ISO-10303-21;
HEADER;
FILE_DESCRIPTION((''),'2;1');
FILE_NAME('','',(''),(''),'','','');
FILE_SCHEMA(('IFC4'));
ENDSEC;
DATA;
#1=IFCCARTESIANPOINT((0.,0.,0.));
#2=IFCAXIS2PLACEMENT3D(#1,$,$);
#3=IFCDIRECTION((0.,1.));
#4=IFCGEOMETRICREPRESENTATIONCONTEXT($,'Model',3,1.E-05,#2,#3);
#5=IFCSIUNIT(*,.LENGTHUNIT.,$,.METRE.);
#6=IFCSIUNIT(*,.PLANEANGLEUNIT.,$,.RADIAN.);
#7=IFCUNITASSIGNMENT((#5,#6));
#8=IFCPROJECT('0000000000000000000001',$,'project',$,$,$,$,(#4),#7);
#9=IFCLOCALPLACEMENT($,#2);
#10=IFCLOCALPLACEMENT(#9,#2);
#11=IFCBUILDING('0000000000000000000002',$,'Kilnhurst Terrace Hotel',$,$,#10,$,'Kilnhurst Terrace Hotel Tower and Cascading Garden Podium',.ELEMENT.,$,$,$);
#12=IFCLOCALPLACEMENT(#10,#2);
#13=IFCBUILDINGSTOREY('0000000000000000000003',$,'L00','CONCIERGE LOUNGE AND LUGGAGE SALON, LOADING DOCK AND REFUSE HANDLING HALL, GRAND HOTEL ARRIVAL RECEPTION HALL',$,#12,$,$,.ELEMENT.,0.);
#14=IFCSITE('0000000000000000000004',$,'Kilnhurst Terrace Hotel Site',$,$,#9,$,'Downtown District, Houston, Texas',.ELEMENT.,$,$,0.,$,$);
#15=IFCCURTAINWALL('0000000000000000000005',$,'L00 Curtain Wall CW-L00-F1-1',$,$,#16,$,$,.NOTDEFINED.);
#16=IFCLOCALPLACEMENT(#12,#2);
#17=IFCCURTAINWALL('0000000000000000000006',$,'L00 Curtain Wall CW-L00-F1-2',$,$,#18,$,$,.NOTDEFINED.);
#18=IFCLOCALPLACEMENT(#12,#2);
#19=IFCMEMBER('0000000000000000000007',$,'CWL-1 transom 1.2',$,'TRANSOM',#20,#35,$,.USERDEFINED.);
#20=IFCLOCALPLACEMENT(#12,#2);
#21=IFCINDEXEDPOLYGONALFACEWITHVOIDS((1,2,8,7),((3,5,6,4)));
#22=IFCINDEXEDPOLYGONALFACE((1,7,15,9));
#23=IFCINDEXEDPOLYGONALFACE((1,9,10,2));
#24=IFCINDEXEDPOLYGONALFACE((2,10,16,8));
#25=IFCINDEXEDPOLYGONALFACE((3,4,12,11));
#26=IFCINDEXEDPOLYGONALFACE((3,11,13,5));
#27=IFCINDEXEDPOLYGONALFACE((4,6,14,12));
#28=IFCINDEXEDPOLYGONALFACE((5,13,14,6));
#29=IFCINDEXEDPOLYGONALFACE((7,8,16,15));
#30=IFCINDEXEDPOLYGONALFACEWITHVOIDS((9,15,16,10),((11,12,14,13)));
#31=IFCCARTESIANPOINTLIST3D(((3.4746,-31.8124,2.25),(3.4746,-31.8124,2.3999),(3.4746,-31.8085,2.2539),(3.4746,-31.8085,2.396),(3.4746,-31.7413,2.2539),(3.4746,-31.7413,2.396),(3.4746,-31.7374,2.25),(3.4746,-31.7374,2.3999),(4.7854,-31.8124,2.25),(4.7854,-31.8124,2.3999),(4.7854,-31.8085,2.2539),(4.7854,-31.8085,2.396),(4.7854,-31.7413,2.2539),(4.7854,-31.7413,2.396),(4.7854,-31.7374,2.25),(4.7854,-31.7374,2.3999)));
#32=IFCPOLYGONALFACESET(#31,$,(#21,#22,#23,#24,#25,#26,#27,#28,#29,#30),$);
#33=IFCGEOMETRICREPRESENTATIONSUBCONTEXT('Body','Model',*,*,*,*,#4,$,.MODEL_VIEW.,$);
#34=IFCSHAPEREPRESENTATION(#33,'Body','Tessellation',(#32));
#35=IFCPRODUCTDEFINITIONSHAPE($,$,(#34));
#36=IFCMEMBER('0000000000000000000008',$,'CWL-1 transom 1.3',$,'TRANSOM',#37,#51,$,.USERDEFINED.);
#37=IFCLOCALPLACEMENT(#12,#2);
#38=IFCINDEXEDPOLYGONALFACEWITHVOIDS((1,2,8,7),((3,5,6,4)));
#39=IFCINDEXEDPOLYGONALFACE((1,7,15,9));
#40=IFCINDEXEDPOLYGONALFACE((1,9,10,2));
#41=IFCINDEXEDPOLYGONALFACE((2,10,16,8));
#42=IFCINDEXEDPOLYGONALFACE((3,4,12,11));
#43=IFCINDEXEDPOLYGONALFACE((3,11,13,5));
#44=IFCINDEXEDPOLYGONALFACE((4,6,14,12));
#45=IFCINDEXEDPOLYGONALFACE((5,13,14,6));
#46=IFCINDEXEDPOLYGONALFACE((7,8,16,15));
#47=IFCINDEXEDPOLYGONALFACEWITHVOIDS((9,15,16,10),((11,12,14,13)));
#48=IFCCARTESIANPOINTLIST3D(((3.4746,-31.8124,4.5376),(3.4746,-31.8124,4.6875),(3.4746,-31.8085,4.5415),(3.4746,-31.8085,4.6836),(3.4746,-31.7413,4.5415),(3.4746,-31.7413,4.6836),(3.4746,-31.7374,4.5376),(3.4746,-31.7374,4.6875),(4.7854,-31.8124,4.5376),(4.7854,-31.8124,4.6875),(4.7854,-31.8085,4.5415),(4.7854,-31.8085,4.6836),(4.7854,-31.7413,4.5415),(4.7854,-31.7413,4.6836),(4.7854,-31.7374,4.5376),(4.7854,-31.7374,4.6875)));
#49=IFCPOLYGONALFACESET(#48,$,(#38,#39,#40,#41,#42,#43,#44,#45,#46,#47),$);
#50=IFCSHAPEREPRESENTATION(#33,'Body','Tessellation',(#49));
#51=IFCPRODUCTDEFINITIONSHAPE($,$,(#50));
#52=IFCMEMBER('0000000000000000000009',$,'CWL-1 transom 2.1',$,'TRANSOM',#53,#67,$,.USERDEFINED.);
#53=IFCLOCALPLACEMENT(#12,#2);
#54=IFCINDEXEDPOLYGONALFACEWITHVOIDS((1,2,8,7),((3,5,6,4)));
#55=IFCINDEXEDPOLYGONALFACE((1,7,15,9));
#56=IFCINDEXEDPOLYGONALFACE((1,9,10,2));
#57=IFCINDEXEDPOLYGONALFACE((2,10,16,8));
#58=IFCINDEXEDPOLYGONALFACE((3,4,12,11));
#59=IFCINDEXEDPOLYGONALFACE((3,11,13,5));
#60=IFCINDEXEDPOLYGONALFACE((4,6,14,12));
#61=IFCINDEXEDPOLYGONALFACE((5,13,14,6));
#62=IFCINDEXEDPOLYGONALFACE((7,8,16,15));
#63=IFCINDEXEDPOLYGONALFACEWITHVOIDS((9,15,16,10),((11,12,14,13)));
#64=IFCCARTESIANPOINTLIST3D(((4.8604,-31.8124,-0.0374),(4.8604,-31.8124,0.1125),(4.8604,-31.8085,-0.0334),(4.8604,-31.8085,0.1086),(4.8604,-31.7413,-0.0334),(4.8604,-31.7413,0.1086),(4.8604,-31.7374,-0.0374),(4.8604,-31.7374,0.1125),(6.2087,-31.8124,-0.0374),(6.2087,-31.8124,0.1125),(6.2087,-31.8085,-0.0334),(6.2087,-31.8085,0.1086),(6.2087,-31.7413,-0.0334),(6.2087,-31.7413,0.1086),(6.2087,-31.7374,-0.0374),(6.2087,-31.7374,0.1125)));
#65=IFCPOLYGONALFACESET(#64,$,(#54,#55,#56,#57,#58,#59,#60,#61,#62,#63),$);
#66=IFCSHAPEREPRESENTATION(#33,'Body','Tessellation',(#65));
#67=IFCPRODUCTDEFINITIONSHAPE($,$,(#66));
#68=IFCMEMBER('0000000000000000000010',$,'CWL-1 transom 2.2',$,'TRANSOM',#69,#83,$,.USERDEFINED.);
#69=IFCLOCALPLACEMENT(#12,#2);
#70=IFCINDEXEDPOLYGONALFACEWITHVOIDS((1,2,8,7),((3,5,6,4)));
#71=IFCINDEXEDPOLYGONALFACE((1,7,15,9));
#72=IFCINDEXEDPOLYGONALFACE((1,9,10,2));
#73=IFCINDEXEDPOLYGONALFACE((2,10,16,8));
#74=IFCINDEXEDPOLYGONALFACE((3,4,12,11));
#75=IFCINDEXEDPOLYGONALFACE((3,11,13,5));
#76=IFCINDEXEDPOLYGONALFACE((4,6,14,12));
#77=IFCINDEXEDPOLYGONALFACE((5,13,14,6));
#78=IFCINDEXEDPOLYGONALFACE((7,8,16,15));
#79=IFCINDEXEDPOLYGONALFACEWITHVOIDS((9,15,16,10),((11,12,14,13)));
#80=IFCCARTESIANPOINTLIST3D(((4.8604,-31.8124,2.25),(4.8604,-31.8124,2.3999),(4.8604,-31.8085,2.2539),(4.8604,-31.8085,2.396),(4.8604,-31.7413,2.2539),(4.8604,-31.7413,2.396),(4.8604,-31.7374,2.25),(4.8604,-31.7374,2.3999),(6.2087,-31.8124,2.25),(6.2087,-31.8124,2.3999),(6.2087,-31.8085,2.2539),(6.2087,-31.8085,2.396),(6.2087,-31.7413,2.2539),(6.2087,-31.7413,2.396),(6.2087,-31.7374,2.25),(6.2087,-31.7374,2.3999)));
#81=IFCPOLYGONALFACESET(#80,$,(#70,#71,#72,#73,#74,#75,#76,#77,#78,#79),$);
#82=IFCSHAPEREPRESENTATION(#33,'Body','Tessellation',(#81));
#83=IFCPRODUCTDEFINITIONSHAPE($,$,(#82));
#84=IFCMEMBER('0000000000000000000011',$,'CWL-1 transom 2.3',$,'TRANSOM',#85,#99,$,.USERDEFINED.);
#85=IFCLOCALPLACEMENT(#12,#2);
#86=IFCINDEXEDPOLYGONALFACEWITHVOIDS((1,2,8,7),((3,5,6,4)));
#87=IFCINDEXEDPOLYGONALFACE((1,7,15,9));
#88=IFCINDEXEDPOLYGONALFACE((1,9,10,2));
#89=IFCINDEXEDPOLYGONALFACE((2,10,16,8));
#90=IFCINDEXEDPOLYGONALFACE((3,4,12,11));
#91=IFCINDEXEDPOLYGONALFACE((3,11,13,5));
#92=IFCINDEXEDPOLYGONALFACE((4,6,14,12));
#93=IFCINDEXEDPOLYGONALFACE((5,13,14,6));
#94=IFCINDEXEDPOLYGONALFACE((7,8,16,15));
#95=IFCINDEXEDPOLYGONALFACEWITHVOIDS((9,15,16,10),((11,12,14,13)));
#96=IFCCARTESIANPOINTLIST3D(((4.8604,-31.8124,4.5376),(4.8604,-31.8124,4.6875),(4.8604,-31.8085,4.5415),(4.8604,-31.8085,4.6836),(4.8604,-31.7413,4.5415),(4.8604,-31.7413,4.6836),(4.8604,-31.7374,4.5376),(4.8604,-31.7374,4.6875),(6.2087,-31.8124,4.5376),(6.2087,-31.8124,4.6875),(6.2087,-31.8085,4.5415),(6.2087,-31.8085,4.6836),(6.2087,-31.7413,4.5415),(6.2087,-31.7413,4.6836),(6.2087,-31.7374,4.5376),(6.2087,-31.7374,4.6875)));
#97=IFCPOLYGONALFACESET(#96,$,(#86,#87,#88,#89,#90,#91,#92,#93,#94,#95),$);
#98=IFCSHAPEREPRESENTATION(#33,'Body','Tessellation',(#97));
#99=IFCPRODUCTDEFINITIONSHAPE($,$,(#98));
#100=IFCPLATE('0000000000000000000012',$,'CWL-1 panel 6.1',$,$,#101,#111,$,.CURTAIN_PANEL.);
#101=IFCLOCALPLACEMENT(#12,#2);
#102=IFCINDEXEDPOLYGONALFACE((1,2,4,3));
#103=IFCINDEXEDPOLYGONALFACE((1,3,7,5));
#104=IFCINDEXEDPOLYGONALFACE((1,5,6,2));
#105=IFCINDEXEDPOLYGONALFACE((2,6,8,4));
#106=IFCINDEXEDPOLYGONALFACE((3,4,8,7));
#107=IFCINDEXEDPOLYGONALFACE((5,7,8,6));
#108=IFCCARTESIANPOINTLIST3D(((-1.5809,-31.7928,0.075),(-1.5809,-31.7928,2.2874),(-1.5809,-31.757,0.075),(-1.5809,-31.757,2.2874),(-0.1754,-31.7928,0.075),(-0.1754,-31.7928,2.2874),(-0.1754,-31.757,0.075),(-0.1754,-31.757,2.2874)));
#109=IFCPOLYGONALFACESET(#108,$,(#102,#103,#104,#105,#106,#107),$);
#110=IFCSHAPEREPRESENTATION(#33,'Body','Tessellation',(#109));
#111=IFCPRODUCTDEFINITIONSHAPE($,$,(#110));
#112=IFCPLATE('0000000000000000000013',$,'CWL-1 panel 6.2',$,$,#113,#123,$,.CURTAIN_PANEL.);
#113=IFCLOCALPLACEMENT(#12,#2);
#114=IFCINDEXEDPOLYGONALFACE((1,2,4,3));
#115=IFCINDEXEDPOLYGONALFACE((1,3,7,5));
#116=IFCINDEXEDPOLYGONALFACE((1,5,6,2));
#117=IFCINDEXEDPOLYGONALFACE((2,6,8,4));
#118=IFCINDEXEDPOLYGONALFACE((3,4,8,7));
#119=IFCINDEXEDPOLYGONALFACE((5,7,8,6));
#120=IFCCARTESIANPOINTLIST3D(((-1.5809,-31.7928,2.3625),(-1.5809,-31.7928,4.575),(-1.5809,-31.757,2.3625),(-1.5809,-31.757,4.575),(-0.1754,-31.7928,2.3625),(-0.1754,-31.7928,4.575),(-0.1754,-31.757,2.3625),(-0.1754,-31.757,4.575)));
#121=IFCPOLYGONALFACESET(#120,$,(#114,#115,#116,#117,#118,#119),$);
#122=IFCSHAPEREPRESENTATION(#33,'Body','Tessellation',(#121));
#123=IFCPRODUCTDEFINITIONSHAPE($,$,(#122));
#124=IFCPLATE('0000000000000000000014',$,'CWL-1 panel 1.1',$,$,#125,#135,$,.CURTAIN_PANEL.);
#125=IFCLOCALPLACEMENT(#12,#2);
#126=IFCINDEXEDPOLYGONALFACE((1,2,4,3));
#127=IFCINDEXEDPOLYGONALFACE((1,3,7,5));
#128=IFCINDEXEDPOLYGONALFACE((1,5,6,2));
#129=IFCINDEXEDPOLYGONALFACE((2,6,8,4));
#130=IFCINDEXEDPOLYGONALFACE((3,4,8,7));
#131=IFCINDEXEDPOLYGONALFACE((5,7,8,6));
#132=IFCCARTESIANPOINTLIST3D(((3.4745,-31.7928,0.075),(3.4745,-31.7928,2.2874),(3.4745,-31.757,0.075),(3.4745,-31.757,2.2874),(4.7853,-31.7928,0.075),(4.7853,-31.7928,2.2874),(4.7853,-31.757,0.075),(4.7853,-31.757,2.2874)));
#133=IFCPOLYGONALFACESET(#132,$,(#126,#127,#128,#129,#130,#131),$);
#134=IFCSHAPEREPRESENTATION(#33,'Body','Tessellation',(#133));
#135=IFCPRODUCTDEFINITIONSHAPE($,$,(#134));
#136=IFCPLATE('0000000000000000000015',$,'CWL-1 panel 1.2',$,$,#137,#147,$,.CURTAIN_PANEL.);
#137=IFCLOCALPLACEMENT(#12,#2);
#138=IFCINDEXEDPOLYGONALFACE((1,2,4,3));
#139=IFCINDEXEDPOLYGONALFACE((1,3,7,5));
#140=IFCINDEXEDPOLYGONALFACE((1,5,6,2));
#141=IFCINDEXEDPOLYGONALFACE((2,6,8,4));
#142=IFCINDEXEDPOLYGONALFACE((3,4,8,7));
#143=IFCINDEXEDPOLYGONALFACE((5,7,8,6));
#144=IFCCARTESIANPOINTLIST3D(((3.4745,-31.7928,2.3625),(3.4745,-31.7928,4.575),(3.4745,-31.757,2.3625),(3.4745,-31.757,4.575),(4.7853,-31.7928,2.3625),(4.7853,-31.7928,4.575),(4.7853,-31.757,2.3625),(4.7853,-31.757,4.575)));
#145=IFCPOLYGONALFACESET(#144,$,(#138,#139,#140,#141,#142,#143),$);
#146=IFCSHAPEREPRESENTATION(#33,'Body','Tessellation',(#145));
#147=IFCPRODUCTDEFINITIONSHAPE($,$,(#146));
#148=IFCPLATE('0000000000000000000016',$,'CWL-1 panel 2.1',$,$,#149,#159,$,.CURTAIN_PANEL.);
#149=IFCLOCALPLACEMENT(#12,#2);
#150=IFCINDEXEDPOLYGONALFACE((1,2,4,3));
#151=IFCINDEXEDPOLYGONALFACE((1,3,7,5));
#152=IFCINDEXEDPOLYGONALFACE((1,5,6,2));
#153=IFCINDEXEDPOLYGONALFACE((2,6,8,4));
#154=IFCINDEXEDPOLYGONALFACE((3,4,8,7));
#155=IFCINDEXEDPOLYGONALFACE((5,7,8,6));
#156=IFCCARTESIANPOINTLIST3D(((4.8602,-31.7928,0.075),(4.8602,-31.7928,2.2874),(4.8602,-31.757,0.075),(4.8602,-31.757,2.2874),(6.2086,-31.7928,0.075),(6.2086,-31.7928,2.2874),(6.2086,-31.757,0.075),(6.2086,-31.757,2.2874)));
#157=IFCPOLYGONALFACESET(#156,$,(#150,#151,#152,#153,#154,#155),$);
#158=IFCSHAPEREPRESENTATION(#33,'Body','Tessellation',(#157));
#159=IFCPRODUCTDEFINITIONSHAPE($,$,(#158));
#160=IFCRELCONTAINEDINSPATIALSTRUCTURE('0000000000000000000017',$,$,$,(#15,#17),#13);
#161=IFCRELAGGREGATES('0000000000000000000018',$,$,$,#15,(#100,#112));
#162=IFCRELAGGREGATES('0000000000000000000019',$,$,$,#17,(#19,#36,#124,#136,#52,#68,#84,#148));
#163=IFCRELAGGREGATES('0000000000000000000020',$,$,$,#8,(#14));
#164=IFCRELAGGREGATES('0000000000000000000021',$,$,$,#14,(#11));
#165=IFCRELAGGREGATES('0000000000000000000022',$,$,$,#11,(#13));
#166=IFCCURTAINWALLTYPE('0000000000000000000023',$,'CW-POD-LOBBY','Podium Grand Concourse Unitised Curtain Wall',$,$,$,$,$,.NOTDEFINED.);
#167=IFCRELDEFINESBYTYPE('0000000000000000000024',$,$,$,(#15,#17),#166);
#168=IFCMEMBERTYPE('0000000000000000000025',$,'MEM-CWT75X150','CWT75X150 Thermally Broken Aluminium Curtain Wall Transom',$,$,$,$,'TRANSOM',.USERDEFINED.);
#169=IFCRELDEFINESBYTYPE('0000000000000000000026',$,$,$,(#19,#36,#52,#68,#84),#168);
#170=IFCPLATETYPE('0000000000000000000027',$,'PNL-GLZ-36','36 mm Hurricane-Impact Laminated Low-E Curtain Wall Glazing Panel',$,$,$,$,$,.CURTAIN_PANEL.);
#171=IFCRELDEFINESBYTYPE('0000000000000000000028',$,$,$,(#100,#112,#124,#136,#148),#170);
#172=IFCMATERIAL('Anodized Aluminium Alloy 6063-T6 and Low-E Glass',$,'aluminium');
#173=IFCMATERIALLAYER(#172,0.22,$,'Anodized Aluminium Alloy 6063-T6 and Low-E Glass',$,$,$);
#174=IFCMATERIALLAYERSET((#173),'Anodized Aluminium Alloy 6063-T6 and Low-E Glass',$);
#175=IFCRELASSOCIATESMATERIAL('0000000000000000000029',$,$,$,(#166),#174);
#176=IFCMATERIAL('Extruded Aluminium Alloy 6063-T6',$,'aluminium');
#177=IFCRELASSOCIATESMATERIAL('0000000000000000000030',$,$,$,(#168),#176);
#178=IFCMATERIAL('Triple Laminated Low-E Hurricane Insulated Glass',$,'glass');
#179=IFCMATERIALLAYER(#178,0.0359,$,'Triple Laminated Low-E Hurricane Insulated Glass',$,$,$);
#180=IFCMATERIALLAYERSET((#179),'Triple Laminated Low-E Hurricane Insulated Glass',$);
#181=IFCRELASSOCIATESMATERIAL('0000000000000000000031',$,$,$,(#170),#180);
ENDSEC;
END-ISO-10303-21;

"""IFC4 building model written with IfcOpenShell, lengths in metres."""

from ifc_helpers import new_model, si_unit, direction, frame, origin, origin_2d, place, context, subcontext, project, spatial, rectangle, hollow_rectangle, extrude, material, layer, layer_set, material_profile, profile_set, type_object, element, aggregate, save


model = new_model("IFC4")

# Units and contexts
model_context = context("Model", 3, precision=1e-05, world=origin(), true_north=direction((0.0, 1.0)))
body_context = subcontext(model_context, "Body", "Model", "MODEL_VIEW")
ifc_project = project(units=[si_unit("LENGTHUNIT", "METRE"), si_unit("PLANEANGLEUNIT", "RADIAN")], contexts=[model_context])

# Site, building, storey
site_placement = place(None, origin())
site = spatial("IfcSite", under=ifc_project, at=site_placement, Name="Kilnhurst Terrace Hotel Site", LongName="Downtown District, Houston, Texas", CompositionType="ELEMENT", RefElevation=0.0)
building_placement = place(site_placement, origin())
building = spatial("IfcBuilding", under=site, at=building_placement, Name="Kilnhurst Terrace Hotel", LongName="Kilnhurst Terrace Hotel Tower and Cascading Garden Podium", CompositionType="ELEMENT")
storey_placement = place(building_placement, origin())
storey = spatial("IfcBuildingStorey", under=building, at=storey_placement, Name="L00", Description="CONCIERGE LOUNGE AND LUGGAGE SALON, LOADING DOCK AND REFUSE HANDLING HALL, GRAND HOTEL ARRIVAL RECEPTION HALL", CompositionType="ELEMENT", Elevation=0.0)

# Curtain wall
ifc_material_1 = material(Name="Anodized Aluminium Alloy 6063-T6 and Low-E Glass", Category="aluminium")
ifc_layer_1 = layer(ifc_material_1, 0.22, Name="Anodized Aluminium Alloy 6063-T6 and Low-E Glass")
ifc_layer_set_1 = layer_set([ifc_layer_1], Name="Anodized Aluminium Alloy 6063-T6 and Low-E Glass")
curtain_wall_type = type_object("IfcCurtainWallType", Name="CW-POD-LOBBY", Description="Podium Grand Concourse Unitised Curtain Wall", PredefinedType="NOTDEFINED", material=ifc_layer_set_1)
curtain_wall_1_placement = place(storey_placement, origin())
curtain_wall_1 = element("IfcCurtainWall", 1, at=curtain_wall_1_placement, inside=storey, type_object=curtain_wall_type, Name="L00 Curtain Wall CW-L00-F1-1", PredefinedType="NOTDEFINED")
ifc_material_2 = material(Name="Extruded Aluminium Alloy 6063-T6", Category="aluminium")

# Curtain wall
curtain_wall_2_placement = place(storey_placement, origin())
curtain_wall_2 = element("IfcCurtainWall", 2, at=curtain_wall_2_placement, inside=storey, type_object=curtain_wall_type, Name="L00 Curtain Wall CW-L00-F1-2", PredefinedType="NOTDEFINED")

# Members
ifc_material_profile_1 = material_profile(ifc_material_2, hollow_rectangle(XDim=0.075, YDim=0.1499, WallThickness=0.0039, at=origin_2d()), Name="CWT75X150")
ifc_profile_set_1 = profile_set([ifc_material_profile_1], Name="Extruded Aluminium Alloy 6063-T6")
member_type_1 = type_object("IfcMemberType", Name="MEM-CWT75X150", Description="CWT75X150 Thermally Broken Aluminium Curtain Wall Transom", ElementType="TRANSOM", PredefinedType="USERDEFINED", material=ifc_profile_set_1)
member_1_placement = place(storey_placement, frame((3.4746, -31.7749, 2.325), z_axis=(1.0, 0.0, 0.0), x_axis=(0.0, 1.0, 0.0)))
member_1 = element("IfcMember", 3, at=member_1_placement, type_object=member_type_1, Name="CWL-1 transom 1.2", ObjectType="TRANSOM", PredefinedType="USERDEFINED", context=body_context, shape_type="SweptSolid", body=[
    extrude(hollow_rectangle(XDim=0.075, YDim=0.1499, WallThickness=0.0039, at=origin_2d()), origin(), (0.0, 0.0, 1.0), 1.3108),
])
member_2_placement = place(storey_placement, frame((3.4746, -31.7749, 4.6125), z_axis=(1.0, 0.0, 0.0), x_axis=(0.0, 1.0, 0.0)))
member_2 = element("IfcMember", 4, at=member_2_placement, type_object=member_type_1, Name="CWL-1 transom 1.3", ObjectType="TRANSOM", PredefinedType="USERDEFINED", context=body_context, shape_type="SweptSolid", body=[
    extrude(hollow_rectangle(XDim=0.075, YDim=0.1499, WallThickness=0.0039, at=origin_2d()), origin(), (0.0, 0.0, 1.0), 1.3108),
])
member_3_placement = place(storey_placement, frame((4.8604, -31.7749, 0.0376), z_axis=(1.0, 0.0, 0.0), x_axis=(0.0, 1.0, 0.0)))
member_3 = element("IfcMember", 5, at=member_3_placement, type_object=member_type_1, Name="CWL-1 transom 2.1", ObjectType="TRANSOM", PredefinedType="USERDEFINED", context=body_context, shape_type="SweptSolid", body=[
    extrude(hollow_rectangle(XDim=0.075, YDim=0.1499, WallThickness=0.0039, at=origin_2d()), origin(), (0.0, 0.0, 1.0), 1.3484),
])
member_4_placement = place(storey_placement, frame((4.8604, -31.7749, 2.325), z_axis=(1.0, 0.0, 0.0), x_axis=(0.0, 1.0, 0.0)))
member_4 = element("IfcMember", 6, at=member_4_placement, type_object=member_type_1, Name="CWL-1 transom 2.2", ObjectType="TRANSOM", PredefinedType="USERDEFINED", context=body_context, shape_type="SweptSolid", body=[
    extrude(hollow_rectangle(XDim=0.075, YDim=0.1499, WallThickness=0.0039, at=origin_2d()), origin(), (0.0, 0.0, 1.0), 1.3484),
])
member_5_placement = place(storey_placement, frame((4.8604, -31.7749, 4.6125), z_axis=(1.0, 0.0, 0.0), x_axis=(0.0, 1.0, 0.0)))
member_5 = element("IfcMember", 7, at=member_5_placement, type_object=member_type_1, Name="CWL-1 transom 2.3", ObjectType="TRANSOM", PredefinedType="USERDEFINED", context=body_context, shape_type="SweptSolid", body=[
    extrude(hollow_rectangle(XDim=0.075, YDim=0.1499, WallThickness=0.0039, at=origin_2d()), origin(), (0.0, 0.0, 1.0), 1.3484),
])

# Plates
ifc_material_3 = material(Name="Triple Laminated Low-E Hurricane Insulated Glass", Category="glass")
ifc_layer_2 = layer(ifc_material_3, 0.0359, Name="Triple Laminated Low-E Hurricane Insulated Glass")
ifc_layer_set_2 = layer_set([ifc_layer_2], Name="Triple Laminated Low-E Hurricane Insulated Glass")
plate_type = type_object("IfcPlateType", Name="PNL-GLZ-36", Description="36 mm Hurricane-Impact Laminated Low-E Curtain Wall Glazing Panel", PredefinedType="CURTAIN_PANEL", material=ifc_layer_set_2)
plate_1_placement = place(storey_placement, frame((-0.8782, -31.7749, 0.075), z_axis=(0.0, 0.0, 1.0), x_axis=(1.0, 0.0, 0.0)))
plate_1 = element("IfcPlate", 8, at=plate_1_placement, type_object=plate_type, Name="CWL-1 panel 6.1", PredefinedType="CURTAIN_PANEL", context=body_context, shape_type="SweptSolid", body=[
    extrude(rectangle(XDim=1.4055, YDim=0.0359, at=origin_2d()), origin(), (0.0, 0.0, 1.0), 2.2124),
])
plate_2_placement = place(storey_placement, frame((-0.8782, -31.7749, 2.3625), z_axis=(0.0, 0.0, 1.0), x_axis=(1.0, 0.0, 0.0)))
plate_2 = element("IfcPlate", 9, at=plate_2_placement, type_object=plate_type, Name="CWL-1 panel 6.2", PredefinedType="CURTAIN_PANEL", context=body_context, shape_type="SweptSolid", body=[
    extrude(rectangle(XDim=1.4055, YDim=0.0359, at=origin_2d()), origin(), (0.0, 0.0, 1.0), 2.2124),
])
aggregate(curtain_wall_1, [plate_1, plate_2])
plate_3_placement = place(storey_placement, frame((4.1299, -31.7749, 0.075), z_axis=(0.0, 0.0, 1.0), x_axis=(1.0, 0.0, 0.0)))
plate_3 = element("IfcPlate", 10, at=plate_3_placement, type_object=plate_type, Name="CWL-1 panel 1.1", PredefinedType="CURTAIN_PANEL", context=body_context, shape_type="SweptSolid", body=[
    extrude(rectangle(XDim=1.3108, YDim=0.0359, at=origin_2d()), origin(), (0.0, 0.0, 1.0), 2.2124),
])
plate_4_placement = place(storey_placement, frame((4.1299, -31.7749, 2.3625), z_axis=(0.0, 0.0, 1.0), x_axis=(1.0, 0.0, 0.0)))
plate_4 = element("IfcPlate", 11, at=plate_4_placement, type_object=plate_type, Name="CWL-1 panel 1.2", PredefinedType="CURTAIN_PANEL", context=body_context, shape_type="SweptSolid", body=[
    extrude(rectangle(XDim=1.3108, YDim=0.0359, at=origin_2d()), origin(), (0.0, 0.0, 1.0), 2.2124),
])
plate_5_placement = place(storey_placement, frame((5.5344, -31.7749, 0.075), z_axis=(0.0, 0.0, 1.0), x_axis=(1.0, 0.0, 0.0)))
plate_5 = element("IfcPlate", 12, at=plate_5_placement, type_object=plate_type, Name="CWL-1 panel 2.1", PredefinedType="CURTAIN_PANEL", context=body_context, shape_type="SweptSolid", body=[
    extrude(rectangle(XDim=1.3484, YDim=0.0359, at=origin_2d()), origin(), (0.0, 0.0, 1.0), 2.2124),
])
aggregate(curtain_wall_2, [member_1, member_2, plate_3, plate_4, member_3, member_4, member_5, plate_5])

save(model, "model.ifc")
